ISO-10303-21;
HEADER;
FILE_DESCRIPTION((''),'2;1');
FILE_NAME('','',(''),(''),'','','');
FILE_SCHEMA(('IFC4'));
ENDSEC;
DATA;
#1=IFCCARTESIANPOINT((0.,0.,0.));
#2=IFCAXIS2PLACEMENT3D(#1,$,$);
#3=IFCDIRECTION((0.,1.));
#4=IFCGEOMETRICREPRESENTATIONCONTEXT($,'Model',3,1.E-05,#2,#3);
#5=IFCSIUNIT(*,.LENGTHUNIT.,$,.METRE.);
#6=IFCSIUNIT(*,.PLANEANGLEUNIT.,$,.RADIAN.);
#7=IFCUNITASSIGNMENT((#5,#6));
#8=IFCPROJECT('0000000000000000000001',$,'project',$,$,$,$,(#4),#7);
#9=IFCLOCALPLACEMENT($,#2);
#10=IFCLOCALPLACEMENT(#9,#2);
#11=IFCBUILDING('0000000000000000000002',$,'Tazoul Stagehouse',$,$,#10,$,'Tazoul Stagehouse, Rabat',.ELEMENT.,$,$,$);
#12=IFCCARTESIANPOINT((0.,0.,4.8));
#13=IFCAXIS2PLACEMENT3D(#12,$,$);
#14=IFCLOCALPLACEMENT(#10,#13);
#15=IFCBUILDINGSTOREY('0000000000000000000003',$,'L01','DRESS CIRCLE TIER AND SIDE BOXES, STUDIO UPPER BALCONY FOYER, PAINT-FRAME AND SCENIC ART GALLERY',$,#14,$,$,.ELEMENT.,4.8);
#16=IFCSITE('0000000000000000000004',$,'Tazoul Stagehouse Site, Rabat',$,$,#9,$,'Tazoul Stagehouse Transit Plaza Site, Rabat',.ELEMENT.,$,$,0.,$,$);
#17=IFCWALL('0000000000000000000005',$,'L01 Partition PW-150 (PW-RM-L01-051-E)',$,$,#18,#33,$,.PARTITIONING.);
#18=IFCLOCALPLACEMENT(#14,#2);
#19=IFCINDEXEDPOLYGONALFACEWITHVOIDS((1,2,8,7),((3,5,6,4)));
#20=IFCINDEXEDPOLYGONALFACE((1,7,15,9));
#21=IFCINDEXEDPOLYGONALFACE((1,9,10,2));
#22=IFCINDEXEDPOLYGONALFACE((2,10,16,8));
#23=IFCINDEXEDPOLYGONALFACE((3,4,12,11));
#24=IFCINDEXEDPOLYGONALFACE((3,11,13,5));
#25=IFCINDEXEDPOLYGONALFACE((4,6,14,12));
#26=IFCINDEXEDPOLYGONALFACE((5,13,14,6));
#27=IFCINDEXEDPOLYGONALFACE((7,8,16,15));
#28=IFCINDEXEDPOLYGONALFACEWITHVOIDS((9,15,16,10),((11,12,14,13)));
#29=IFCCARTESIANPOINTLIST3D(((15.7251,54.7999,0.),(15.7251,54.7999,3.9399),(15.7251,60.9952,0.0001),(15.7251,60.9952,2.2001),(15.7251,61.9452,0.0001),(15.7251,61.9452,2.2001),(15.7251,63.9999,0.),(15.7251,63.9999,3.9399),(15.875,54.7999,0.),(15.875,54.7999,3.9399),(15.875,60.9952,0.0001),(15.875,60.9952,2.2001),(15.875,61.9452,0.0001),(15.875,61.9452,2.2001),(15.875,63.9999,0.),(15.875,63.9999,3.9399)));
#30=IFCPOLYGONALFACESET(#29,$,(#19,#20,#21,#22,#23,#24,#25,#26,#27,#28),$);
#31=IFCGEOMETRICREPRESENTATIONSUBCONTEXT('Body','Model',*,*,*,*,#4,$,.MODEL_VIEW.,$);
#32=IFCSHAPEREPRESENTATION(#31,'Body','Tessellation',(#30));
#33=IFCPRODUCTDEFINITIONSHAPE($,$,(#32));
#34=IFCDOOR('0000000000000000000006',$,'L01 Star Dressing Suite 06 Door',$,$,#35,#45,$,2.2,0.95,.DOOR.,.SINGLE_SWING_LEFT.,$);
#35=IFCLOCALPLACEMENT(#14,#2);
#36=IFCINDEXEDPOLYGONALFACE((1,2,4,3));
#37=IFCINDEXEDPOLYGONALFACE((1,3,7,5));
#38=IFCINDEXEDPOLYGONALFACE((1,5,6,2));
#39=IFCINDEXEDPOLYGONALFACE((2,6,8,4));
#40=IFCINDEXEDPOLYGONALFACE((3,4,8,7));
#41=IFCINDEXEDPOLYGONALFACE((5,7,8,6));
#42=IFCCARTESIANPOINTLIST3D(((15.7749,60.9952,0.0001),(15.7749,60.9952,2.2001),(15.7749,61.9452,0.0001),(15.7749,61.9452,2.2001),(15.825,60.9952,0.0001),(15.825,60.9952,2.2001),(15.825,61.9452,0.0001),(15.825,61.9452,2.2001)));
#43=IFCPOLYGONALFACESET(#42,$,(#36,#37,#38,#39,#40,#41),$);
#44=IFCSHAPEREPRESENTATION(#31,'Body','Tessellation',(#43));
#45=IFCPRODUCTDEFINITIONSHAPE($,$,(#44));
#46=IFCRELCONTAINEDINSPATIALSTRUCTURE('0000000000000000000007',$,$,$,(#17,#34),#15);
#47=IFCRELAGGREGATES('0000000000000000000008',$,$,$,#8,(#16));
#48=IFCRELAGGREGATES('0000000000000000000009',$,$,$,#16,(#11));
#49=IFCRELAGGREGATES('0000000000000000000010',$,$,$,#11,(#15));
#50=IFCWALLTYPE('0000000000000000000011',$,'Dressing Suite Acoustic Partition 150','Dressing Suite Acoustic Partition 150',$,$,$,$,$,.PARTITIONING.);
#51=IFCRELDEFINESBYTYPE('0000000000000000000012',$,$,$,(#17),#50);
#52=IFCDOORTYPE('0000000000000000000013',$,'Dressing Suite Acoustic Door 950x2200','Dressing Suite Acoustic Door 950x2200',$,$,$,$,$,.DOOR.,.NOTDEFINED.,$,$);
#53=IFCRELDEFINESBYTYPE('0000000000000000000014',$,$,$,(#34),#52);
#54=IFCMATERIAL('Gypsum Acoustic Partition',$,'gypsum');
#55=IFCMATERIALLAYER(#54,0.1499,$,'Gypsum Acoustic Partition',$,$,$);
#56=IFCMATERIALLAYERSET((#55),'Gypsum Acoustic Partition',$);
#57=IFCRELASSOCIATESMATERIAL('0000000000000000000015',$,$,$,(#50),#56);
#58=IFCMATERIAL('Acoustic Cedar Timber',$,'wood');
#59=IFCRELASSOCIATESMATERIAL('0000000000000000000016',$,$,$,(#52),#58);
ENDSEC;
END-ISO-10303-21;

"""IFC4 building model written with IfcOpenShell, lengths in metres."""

from ifc_helpers import new_model, si_unit, direction, frame, frame_2d, origin, place, context, subcontext, project, spatial, rectangle, extrude, material, layer, layer_set, type_object, element, fill, save


model = new_model("IFC4")

# Units and contexts
model_context = context("Model", 3, precision=1e-05, world=origin(), true_north=direction((0.0, 1.0)))
body_context = subcontext(model_context, "Body", "Model", "MODEL_VIEW")
ifc_project = project(units=[si_unit("LENGTHUNIT", "METRE"), si_unit("PLANEANGLEUNIT", "RADIAN")], contexts=[model_context])

# Site, building, storey
site_placement = place(None, origin())
site = spatial("IfcSite", under=ifc_project, at=site_placement, Name="Tazoul Stagehouse Site, Rabat", LongName="Tazoul Stagehouse Transit Plaza Site, Rabat", CompositionType="ELEMENT", RefElevation=0.0)
building_placement = place(site_placement, origin())
building = spatial("IfcBuilding", under=site, at=building_placement, Name="Tazoul Stagehouse", LongName="Tazoul Stagehouse, Rabat", CompositionType="ELEMENT")
storey_placement = place(building_placement, frame((0.0, 0.0, 4.8)))
storey = spatial("IfcBuildingStorey", under=building, at=storey_placement, Name="L01", Description="DRESS CIRCLE TIER AND SIDE BOXES, STUDIO UPPER BALCONY FOYER, PAINT-FRAME AND SCENIC ART GALLERY", CompositionType="ELEMENT", Elevation=4.8)

# Wall, opening, door
ifc_material_1 = material(Name="Gypsum Acoustic Partition", Category="gypsum")
ifc_layer_1 = layer(ifc_material_1, 0.1499, Name="Gypsum Acoustic Partition")
ifc_layer_set_1 = layer_set([ifc_layer_1], Name="Gypsum Acoustic Partition")
wall_type = type_object("IfcWallType", Name="Dressing Suite Acoustic Partition 150", Description="Dressing Suite Acoustic Partition 150", PredefinedType="PARTITIONING", material=ifc_layer_set_1)
wall_placement = place(storey_placement, frame((15.8, 64.0, 0.0), z_axis=(0.0, 0.0, 1.0), x_axis=(0.0, -1.0, 0.0)))
wall = element("IfcWall", 1, at=wall_placement, inside=storey, type_object=wall_type, Name="L01 Partition PW-150 (PW-RM-L01-051-E)", PredefinedType="PARTITIONING", context=body_context, shape_type="SweptSolid", body=[
    extrude(rectangle(XDim=9.2, YDim=0.1499, at=frame_2d((4.6001, 0.0))), origin(), (0.0, 0.0, 1.0), 3.9399),
])
opening_placement = place(wall_placement, frame((2.0547, 0.0, 0.0)))
opening = element("IfcOpeningElement", 2, at=opening_placement, cuts=wall, PredefinedType="OPENING", context=body_context, shape_type="SweptSolid", body=[
    extrude(rectangle(XDim=0.95, YDim=2.2, at=frame_2d((0.4751, 1.1001))), frame((0.0, 0.095, 0.0), z_axis=(0.0, -1.0, 0.0), x_axis=(1.0, 0.0, 0.0)), (0.0, 0.0, 1.0), 0.1899),
])
ifc_material_2 = material(Name="Acoustic Cedar Timber", Category="wood")
door_type = type_object("IfcDoorType", Name="Dressing Suite Acoustic Door 950x2200", Description="Dressing Suite Acoustic Door 950x2200", OperationType="NOTDEFINED", PredefinedType="DOOR", material=ifc_material_2)
door_placement = place(opening_placement, origin())
door = element("IfcDoor", 3, at=door_placement, inside=storey, type_object=door_type, Name="L01 Star Dressing Suite 06 Door", OperationType="SINGLE_SWING_LEFT", OverallHeight=2.2, OverallWidth=0.95, PredefinedType="DOOR", context=body_context, shape_type="SweptSolid", body=[
    extrude(rectangle(XDim=0.95, YDim=2.2, at=frame_2d((0.4751, 1.1001))), frame((0.0, 0.0249, 0.0), z_axis=(0.0, -1.0, 0.0), x_axis=(1.0, 0.0, 0.0)), (0.0, 0.0, 1.0), 0.05),
])
fill(opening, door)

save(model, "model.ifc")
